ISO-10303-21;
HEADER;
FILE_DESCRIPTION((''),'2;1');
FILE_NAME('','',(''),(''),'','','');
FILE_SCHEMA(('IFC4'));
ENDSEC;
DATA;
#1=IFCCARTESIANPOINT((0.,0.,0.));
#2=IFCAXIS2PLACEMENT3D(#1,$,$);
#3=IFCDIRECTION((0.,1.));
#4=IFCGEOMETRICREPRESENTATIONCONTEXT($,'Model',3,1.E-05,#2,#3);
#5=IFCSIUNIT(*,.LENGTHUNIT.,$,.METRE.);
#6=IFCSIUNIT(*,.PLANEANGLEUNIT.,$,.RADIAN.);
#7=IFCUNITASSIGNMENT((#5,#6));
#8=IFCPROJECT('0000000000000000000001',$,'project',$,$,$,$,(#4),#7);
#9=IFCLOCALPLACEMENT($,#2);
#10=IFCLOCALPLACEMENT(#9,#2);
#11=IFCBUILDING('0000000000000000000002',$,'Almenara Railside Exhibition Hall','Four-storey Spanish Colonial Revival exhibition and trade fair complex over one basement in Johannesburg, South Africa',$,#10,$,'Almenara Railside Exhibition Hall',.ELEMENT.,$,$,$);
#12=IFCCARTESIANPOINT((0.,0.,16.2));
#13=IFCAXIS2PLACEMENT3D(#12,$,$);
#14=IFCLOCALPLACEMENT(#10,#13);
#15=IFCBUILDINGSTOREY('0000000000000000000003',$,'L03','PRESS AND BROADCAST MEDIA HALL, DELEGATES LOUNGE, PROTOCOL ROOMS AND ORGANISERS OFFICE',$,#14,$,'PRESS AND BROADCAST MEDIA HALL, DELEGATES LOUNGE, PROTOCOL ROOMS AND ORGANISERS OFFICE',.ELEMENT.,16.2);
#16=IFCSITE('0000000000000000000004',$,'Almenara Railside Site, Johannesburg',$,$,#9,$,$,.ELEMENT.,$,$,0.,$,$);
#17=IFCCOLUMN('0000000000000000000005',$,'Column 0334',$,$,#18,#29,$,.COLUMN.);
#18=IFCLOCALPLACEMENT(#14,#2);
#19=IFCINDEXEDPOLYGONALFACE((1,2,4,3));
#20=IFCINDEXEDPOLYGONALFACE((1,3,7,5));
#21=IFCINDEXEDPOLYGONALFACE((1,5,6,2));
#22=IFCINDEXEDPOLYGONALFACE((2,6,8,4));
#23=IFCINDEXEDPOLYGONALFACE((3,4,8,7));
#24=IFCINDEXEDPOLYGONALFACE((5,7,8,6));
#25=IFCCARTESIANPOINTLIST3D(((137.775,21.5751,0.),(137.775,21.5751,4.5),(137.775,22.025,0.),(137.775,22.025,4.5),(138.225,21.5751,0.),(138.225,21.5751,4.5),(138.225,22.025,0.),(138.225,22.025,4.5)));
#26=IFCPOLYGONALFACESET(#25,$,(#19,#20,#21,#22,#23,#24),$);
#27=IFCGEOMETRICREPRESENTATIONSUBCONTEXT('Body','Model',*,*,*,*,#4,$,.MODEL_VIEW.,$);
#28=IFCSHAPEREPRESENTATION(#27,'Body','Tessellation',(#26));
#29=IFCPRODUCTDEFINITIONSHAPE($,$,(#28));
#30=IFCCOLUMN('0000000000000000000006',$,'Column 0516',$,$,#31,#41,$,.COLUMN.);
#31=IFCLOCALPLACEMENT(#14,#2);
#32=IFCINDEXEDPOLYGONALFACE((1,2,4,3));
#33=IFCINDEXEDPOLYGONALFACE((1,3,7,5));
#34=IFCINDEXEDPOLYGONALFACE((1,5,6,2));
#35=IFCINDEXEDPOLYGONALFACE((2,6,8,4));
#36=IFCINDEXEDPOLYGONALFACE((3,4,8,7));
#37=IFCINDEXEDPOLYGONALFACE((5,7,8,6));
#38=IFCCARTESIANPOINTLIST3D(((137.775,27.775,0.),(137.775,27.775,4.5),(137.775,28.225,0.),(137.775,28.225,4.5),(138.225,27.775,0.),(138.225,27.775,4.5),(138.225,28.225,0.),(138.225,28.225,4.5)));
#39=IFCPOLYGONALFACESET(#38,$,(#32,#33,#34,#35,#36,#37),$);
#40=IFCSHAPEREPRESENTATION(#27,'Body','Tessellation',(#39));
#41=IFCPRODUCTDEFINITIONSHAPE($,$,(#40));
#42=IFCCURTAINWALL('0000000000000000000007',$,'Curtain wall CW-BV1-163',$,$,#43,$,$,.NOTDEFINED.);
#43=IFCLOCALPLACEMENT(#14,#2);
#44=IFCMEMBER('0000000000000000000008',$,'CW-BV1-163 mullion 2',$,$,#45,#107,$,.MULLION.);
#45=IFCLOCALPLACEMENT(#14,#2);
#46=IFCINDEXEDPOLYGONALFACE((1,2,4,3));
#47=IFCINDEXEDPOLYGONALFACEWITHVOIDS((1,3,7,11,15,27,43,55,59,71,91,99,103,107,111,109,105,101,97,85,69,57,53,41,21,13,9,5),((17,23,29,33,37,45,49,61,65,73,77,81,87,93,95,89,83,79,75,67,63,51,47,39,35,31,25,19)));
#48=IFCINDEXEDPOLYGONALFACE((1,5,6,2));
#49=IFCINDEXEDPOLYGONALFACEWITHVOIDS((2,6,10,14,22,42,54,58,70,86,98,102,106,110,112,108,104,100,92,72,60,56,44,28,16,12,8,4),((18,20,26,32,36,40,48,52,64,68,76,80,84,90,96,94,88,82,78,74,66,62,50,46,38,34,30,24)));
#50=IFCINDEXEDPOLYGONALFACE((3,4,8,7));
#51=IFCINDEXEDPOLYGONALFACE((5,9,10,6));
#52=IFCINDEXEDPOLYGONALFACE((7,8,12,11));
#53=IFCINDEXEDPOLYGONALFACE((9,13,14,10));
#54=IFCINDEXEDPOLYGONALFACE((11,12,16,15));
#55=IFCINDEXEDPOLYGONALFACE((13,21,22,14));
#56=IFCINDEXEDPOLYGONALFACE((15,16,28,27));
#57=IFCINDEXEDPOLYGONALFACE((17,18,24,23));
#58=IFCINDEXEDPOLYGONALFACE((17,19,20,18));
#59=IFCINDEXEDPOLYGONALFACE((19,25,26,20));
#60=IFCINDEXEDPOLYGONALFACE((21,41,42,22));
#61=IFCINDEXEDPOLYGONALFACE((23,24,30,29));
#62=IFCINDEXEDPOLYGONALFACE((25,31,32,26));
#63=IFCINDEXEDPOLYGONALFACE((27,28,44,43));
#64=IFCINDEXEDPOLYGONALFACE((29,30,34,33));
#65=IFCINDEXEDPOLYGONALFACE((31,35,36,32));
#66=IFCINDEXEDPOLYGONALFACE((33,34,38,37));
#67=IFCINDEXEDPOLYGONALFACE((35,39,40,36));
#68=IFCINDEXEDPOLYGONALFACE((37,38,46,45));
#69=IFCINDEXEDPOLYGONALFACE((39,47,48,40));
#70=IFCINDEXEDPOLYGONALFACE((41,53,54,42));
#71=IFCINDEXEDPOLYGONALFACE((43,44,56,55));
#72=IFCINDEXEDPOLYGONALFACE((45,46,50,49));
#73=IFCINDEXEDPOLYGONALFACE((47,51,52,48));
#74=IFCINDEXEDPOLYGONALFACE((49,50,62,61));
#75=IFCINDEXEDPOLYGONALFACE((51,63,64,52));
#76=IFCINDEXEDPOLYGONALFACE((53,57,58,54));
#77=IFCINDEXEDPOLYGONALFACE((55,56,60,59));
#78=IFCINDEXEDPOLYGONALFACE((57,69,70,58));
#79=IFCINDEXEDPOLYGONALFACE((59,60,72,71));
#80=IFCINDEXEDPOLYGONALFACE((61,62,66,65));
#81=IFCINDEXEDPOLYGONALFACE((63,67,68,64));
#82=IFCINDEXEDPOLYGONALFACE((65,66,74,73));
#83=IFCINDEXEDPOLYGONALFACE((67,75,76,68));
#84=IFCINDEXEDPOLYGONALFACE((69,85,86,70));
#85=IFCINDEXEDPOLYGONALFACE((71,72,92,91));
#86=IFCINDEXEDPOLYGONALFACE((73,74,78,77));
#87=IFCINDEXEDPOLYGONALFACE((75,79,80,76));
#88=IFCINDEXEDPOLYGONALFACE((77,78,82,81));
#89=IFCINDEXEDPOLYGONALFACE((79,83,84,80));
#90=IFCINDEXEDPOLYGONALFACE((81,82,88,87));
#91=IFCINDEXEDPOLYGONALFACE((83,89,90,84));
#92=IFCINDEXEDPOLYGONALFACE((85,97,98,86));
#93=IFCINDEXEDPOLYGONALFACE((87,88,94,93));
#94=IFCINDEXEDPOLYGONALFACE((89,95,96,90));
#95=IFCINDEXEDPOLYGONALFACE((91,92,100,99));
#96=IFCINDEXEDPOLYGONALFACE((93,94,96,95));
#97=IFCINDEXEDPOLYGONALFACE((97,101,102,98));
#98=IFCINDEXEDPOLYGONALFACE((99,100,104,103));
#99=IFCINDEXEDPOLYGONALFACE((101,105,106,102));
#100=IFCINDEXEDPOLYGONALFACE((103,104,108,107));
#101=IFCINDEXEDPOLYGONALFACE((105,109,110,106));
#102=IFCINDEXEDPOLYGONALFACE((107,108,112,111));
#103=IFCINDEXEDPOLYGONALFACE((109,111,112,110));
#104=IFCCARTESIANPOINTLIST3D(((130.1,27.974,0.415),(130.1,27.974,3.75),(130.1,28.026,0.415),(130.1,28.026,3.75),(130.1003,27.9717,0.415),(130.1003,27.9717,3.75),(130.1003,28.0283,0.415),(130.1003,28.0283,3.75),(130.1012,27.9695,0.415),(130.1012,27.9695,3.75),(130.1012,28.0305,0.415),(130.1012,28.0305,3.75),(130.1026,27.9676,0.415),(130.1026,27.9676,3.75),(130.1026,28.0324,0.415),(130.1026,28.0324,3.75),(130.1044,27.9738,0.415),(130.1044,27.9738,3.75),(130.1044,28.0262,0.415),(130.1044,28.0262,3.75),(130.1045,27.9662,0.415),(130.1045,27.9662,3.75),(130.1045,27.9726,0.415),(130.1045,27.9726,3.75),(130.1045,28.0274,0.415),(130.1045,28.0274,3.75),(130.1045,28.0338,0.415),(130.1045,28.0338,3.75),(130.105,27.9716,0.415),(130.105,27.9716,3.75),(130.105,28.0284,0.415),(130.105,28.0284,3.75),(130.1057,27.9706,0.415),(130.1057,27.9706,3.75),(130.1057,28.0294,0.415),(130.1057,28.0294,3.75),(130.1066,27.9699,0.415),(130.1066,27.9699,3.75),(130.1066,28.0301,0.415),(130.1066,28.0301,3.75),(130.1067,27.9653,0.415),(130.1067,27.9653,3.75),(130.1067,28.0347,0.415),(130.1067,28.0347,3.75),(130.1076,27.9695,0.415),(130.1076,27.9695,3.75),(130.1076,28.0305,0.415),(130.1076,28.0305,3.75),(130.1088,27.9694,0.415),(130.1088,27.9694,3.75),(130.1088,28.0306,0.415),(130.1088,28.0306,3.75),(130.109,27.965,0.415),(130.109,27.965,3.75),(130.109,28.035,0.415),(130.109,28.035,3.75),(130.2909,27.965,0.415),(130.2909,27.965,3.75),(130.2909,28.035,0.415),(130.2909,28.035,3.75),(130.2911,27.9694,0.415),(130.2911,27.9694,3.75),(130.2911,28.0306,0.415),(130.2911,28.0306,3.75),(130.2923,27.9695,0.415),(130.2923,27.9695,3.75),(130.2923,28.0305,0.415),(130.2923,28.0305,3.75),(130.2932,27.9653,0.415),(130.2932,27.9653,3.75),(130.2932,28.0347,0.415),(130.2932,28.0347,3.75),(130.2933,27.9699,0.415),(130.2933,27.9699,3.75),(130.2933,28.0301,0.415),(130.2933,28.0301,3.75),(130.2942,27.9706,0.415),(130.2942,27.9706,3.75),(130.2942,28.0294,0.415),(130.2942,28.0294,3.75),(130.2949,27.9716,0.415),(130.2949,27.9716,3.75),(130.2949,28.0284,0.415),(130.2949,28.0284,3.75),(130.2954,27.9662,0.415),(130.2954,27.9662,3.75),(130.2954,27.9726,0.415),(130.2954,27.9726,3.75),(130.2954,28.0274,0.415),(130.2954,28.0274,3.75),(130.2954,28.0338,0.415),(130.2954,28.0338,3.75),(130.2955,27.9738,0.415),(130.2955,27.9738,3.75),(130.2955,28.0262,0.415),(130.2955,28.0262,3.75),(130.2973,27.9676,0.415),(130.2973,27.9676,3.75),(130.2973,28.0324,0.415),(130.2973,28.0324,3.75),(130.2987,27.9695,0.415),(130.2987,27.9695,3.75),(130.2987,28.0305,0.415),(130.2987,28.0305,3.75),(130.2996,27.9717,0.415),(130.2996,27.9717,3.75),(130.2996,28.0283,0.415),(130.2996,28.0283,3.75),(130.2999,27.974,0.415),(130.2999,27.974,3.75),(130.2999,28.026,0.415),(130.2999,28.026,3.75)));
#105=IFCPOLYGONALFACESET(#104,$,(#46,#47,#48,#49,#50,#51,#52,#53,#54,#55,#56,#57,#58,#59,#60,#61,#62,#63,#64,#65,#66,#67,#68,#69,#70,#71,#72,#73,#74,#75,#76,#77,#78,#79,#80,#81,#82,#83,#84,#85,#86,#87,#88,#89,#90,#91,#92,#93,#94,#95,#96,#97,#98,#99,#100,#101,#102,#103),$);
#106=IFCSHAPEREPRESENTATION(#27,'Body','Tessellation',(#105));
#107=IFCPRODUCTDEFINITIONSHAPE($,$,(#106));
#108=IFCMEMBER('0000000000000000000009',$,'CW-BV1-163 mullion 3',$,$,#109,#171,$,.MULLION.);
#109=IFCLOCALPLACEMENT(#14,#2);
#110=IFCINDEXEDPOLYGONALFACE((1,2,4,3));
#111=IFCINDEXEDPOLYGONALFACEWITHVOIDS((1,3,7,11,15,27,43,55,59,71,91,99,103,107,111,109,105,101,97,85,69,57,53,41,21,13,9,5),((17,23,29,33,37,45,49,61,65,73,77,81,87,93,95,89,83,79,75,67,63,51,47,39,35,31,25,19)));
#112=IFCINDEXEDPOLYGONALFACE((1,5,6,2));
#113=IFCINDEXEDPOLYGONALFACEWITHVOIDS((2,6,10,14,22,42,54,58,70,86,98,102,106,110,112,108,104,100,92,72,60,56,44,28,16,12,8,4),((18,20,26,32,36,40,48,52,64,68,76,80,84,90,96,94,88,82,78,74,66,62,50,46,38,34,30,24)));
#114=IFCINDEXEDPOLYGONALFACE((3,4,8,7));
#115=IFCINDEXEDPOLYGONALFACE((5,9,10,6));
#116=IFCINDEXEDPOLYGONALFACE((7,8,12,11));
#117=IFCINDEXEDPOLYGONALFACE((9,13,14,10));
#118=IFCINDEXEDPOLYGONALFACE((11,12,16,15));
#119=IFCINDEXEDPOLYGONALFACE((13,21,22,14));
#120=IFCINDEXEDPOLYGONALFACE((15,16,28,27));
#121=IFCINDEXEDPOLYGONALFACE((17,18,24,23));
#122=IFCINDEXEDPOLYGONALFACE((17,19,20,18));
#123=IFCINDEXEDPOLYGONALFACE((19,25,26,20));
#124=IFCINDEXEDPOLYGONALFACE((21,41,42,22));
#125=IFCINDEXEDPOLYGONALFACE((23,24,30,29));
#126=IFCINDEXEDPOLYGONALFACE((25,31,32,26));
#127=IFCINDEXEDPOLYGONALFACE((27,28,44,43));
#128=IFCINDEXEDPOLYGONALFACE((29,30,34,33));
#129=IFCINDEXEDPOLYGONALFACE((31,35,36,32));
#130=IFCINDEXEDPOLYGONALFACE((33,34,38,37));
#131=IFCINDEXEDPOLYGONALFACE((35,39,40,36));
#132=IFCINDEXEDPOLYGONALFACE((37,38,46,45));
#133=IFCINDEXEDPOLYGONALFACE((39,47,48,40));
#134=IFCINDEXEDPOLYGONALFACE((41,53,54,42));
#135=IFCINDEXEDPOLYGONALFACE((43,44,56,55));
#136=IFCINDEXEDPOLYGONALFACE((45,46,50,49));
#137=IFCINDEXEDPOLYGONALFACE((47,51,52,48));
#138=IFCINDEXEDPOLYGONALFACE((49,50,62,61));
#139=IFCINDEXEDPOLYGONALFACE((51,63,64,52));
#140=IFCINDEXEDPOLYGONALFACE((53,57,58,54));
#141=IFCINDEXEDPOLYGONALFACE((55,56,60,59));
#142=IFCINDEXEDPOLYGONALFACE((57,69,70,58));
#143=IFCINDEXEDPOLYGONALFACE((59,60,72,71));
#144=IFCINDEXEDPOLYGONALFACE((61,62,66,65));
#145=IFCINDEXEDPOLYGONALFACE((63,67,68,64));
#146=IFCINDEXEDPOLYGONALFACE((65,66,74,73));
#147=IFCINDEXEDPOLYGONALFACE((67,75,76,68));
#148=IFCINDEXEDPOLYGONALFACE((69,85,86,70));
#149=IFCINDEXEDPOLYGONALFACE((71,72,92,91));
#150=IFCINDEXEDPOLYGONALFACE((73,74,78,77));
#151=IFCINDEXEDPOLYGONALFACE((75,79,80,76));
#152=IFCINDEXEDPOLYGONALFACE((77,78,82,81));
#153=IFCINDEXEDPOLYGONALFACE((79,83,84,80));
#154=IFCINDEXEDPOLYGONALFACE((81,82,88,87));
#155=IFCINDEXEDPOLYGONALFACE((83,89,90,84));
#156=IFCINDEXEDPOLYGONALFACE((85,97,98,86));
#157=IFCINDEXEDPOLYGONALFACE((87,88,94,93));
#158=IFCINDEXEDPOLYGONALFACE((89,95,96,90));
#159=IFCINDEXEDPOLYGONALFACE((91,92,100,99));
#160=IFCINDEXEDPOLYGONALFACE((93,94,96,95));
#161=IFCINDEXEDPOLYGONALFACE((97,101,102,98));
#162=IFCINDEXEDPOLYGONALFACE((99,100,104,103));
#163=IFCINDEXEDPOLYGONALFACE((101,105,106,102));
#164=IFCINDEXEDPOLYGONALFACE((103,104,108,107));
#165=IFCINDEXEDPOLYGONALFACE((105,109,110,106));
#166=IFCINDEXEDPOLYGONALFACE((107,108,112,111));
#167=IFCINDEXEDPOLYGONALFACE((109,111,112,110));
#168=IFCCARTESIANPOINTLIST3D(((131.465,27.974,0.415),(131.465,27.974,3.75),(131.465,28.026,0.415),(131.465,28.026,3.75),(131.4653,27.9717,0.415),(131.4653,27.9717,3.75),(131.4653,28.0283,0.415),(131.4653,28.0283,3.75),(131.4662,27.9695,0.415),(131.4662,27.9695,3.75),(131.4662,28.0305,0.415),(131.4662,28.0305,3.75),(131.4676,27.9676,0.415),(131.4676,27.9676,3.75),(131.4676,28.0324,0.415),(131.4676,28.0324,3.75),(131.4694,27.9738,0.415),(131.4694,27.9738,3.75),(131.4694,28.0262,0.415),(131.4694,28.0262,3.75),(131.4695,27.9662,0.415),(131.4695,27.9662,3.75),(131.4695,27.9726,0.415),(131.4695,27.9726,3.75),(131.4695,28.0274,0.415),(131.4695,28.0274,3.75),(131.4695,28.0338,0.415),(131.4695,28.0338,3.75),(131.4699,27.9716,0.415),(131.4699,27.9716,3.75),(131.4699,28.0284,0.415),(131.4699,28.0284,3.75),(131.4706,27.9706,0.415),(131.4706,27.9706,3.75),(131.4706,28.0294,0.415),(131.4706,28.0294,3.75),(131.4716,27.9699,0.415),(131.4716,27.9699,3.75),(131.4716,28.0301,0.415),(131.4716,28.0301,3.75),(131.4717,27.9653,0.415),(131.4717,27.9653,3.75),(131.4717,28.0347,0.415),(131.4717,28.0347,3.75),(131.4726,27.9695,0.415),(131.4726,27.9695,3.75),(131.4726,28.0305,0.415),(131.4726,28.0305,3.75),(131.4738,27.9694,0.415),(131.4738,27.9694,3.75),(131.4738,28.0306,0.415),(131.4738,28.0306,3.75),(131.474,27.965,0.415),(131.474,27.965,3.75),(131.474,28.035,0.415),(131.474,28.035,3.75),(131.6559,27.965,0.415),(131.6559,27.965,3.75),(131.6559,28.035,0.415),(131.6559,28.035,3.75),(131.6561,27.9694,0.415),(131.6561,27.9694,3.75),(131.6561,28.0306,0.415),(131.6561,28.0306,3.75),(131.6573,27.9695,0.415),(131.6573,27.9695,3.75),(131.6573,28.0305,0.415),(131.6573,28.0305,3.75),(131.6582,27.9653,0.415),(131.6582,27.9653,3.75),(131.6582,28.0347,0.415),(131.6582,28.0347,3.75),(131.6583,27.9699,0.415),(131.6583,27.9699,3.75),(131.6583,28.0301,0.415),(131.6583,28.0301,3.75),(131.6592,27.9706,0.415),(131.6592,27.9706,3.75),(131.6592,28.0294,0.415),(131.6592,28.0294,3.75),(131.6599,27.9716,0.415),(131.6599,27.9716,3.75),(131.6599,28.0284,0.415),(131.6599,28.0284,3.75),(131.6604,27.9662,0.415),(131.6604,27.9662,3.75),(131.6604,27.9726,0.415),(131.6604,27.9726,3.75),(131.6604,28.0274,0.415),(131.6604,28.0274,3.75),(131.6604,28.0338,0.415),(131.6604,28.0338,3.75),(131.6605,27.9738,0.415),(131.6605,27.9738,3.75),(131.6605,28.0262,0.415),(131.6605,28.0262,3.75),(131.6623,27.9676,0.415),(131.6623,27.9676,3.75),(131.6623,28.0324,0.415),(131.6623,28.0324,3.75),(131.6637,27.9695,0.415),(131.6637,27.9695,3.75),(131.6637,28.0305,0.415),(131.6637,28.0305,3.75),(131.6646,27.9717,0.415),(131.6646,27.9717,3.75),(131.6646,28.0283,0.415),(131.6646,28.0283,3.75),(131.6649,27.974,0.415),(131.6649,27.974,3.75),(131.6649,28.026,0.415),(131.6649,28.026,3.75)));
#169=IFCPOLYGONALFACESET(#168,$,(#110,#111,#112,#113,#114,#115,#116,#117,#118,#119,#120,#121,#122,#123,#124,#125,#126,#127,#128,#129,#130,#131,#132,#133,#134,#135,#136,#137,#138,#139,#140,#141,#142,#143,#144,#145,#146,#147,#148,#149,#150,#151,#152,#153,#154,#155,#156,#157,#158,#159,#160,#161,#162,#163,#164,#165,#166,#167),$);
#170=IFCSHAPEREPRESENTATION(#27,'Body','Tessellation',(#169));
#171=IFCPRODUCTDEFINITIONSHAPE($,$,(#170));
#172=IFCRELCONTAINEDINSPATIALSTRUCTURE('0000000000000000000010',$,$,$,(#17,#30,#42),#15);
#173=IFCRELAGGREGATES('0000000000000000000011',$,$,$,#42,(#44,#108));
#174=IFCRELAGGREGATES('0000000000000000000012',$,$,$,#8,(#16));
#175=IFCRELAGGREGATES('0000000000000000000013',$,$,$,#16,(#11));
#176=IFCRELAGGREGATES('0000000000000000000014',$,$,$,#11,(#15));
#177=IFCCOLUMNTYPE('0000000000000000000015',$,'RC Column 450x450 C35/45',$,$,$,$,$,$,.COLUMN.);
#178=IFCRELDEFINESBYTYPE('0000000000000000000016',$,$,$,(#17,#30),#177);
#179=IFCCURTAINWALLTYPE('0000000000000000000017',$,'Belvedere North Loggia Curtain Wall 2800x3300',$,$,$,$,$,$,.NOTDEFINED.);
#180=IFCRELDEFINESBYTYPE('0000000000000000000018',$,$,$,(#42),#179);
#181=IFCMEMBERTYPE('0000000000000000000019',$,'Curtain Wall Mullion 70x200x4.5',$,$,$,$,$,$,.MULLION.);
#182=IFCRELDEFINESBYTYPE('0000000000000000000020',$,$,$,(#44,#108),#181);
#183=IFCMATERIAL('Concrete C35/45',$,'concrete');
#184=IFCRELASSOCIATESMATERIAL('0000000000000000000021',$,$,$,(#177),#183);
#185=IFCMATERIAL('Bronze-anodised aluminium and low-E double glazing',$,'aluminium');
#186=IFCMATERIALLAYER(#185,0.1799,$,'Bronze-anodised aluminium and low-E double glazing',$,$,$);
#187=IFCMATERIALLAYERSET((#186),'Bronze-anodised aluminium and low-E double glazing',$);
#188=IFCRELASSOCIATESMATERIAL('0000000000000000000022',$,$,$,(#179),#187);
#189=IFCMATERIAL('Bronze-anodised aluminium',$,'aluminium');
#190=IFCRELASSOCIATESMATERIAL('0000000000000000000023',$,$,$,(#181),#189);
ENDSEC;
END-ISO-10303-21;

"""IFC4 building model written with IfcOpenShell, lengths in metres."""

from ifc_helpers import new_model, si_unit, direction, frame, origin, origin_2d, place, context, subcontext, project, spatial, rectangle, hollow_rectangle, extrude, material, layer, layer_set, material_profile, profile_set, type_object, element, aggregate, save


model = new_model("IFC4")

# Units and contexts
model_context = context("Model", 3, precision=1e-05, world=origin(), true_north=direction((0.0, 1.0)))
body_context = subcontext(model_context, "Body", "Model", "MODEL_VIEW")
ifc_project = project(units=[si_unit("LENGTHUNIT", "METRE"), si_unit("PLANEANGLEUNIT", "RADIAN")], contexts=[model_context])

# Site, building, storey
site_placement = place(None, origin())
site = spatial("IfcSite", under=ifc_project, at=site_placement, Name="Almenara Railside Site, Johannesburg", CompositionType="ELEMENT", RefElevation=0.0)
building_placement = place(site_placement, origin())
building = spatial("IfcBuilding", under=site, at=building_placement, Name="Almenara Railside Exhibition Hall", Description="Four-storey Spanish Colonial Revival exhibition and trade fair complex over one basement in Johannesburg, South Africa", LongName="Almenara Railside Exhibition Hall", CompositionType="ELEMENT")
storey_placement = place(building_placement, frame((0.0, 0.0, 16.2)))
storey = spatial("IfcBuildingStorey", under=building, at=storey_placement, Name="L03", Description="PRESS AND BROADCAST MEDIA HALL, DELEGATES LOUNGE, PROTOCOL ROOMS AND ORGANISERS OFFICE", LongName="PRESS AND BROADCAST MEDIA HALL, DELEGATES LOUNGE, PROTOCOL ROOMS AND ORGANISERS OFFICE", CompositionType="ELEMENT", Elevation=16.2)

# Columns
ifc_material_1 = material(Name="Concrete C35/45", Category="concrete")
ifc_material_profile_1 = material_profile(ifc_material_1, rectangle(XDim=0.45, YDim=0.45, at=origin_2d()), Name="RC 450x450")
ifc_profile_set_1 = profile_set([ifc_material_profile_1], Name="Concrete C35/45")
column_type = type_object("IfcColumnType", Name="RC Column 450x450 C35/45", PredefinedType="COLUMN", material=ifc_profile_set_1)
for number, where, z_axis, x_axis, name in (
    (1, (138.0, 21.8, 0.0), (0.0, 0.0, 1.0), (1.0, 0.0, 0.0), "Column 0334"),
    (2, (138.0, 28.0, 0.0), (0.0, 0.0, 1.0), (1.0, 0.0, 0.0), "Column 0516"),
):
    element("IfcColumn", number, at=place(storey_placement, frame(where, z_axis=z_axis, x_axis=x_axis)), inside=storey, type_object=column_type, Name=name, PredefinedType="COLUMN", context=body_context, shape_type="SweptSolid", body=[
        extrude(rectangle(XDim=0.45, YDim=0.45, at=origin_2d()), origin(), (0.0, 0.0, 1.0), 4.5),
    ])

# Curtain wall, members
ifc_material_2 = material(Name="Bronze-anodised aluminium and low-E double glazing", Category="aluminium")
ifc_layer_1 = layer(ifc_material_2, 0.1799, Name="Bronze-anodised aluminium and low-E double glazing")
ifc_layer_set_1 = layer_set([ifc_layer_1], Name="Bronze-anodised aluminium and low-E double glazing")
curtain_wall_type = type_object("IfcCurtainWallType", Name="Belvedere North Loggia Curtain Wall 2800x3300", PredefinedType="NOTDEFINED", material=ifc_layer_set_1)
curtain_wall_placement = place(storey_placement, origin())
curtain_wall = element("IfcCurtainWall", 3, at=curtain_wall_placement, inside=storey, type_object=curtain_wall_type, Name="Curtain wall CW-BV1-163", PredefinedType="NOTDEFINED")
ifc_material_3 = material(Name="Bronze-anodised aluminium", Category="aluminium")
ifc_material_profile_2 = material_profile(ifc_material_3, hollow_rectangle(XDim=0.0701, YDim=0.2, WallThickness=0.0044, InnerFilletRadius=0.0044, OuterFilletRadius=0.009, at=origin_2d()), Name="ALU-MUL 70x200x4.5")
ifc_profile_set_2 = profile_set([ifc_material_profile_2], Name="Bronze-anodised aluminium")
member_type_1 = type_object("IfcMemberType", Name="Curtain Wall Mullion 70x200x4.5", PredefinedType="MULLION", material=ifc_profile_set_2)
member_1_placement = place(storey_placement, frame((130.2, 28.0, 0.415), z_axis=(0.0, 0.0, 1.0), x_axis=(0.0, 1.0, 0.0)))
member_1 = element("IfcMember", 4, at=member_1_placement, type_object=member_type_1, Name="CW-BV1-163 mullion 2", PredefinedType="MULLION", context=body_context, shape_type="SweptSolid", body=[
    extrude(hollow_rectangle(XDim=0.0701, YDim=0.2, WallThickness=0.0044, InnerFilletRadius=0.0044, OuterFilletRadius=0.009, at=origin_2d()), origin(), (0.0, 0.0, 1.0), 3.335),
])
member_2_placement = place(storey_placement, frame((131.5649, 28.0, 0.415), z_axis=(0.0, 0.0, 1.0), x_axis=(0.0, 1.0, 0.0)))
member_2 = element("IfcMember", 5, at=member_2_placement, type_object=member_type_1, Name="CW-BV1-163 mullion 3", PredefinedType="MULLION", context=body_context, shape_type="SweptSolid", body=[
    extrude(hollow_rectangle(XDim=0.0701, YDim=0.2, WallThickness=0.0044, InnerFilletRadius=0.0044, OuterFilletRadius=0.009, at=origin_2d()), origin(), (0.0, 0.0, 1.0), 3.335),
])

aggregate(curtain_wall, [member_1, member_2])

save(model, "model.ifc")
